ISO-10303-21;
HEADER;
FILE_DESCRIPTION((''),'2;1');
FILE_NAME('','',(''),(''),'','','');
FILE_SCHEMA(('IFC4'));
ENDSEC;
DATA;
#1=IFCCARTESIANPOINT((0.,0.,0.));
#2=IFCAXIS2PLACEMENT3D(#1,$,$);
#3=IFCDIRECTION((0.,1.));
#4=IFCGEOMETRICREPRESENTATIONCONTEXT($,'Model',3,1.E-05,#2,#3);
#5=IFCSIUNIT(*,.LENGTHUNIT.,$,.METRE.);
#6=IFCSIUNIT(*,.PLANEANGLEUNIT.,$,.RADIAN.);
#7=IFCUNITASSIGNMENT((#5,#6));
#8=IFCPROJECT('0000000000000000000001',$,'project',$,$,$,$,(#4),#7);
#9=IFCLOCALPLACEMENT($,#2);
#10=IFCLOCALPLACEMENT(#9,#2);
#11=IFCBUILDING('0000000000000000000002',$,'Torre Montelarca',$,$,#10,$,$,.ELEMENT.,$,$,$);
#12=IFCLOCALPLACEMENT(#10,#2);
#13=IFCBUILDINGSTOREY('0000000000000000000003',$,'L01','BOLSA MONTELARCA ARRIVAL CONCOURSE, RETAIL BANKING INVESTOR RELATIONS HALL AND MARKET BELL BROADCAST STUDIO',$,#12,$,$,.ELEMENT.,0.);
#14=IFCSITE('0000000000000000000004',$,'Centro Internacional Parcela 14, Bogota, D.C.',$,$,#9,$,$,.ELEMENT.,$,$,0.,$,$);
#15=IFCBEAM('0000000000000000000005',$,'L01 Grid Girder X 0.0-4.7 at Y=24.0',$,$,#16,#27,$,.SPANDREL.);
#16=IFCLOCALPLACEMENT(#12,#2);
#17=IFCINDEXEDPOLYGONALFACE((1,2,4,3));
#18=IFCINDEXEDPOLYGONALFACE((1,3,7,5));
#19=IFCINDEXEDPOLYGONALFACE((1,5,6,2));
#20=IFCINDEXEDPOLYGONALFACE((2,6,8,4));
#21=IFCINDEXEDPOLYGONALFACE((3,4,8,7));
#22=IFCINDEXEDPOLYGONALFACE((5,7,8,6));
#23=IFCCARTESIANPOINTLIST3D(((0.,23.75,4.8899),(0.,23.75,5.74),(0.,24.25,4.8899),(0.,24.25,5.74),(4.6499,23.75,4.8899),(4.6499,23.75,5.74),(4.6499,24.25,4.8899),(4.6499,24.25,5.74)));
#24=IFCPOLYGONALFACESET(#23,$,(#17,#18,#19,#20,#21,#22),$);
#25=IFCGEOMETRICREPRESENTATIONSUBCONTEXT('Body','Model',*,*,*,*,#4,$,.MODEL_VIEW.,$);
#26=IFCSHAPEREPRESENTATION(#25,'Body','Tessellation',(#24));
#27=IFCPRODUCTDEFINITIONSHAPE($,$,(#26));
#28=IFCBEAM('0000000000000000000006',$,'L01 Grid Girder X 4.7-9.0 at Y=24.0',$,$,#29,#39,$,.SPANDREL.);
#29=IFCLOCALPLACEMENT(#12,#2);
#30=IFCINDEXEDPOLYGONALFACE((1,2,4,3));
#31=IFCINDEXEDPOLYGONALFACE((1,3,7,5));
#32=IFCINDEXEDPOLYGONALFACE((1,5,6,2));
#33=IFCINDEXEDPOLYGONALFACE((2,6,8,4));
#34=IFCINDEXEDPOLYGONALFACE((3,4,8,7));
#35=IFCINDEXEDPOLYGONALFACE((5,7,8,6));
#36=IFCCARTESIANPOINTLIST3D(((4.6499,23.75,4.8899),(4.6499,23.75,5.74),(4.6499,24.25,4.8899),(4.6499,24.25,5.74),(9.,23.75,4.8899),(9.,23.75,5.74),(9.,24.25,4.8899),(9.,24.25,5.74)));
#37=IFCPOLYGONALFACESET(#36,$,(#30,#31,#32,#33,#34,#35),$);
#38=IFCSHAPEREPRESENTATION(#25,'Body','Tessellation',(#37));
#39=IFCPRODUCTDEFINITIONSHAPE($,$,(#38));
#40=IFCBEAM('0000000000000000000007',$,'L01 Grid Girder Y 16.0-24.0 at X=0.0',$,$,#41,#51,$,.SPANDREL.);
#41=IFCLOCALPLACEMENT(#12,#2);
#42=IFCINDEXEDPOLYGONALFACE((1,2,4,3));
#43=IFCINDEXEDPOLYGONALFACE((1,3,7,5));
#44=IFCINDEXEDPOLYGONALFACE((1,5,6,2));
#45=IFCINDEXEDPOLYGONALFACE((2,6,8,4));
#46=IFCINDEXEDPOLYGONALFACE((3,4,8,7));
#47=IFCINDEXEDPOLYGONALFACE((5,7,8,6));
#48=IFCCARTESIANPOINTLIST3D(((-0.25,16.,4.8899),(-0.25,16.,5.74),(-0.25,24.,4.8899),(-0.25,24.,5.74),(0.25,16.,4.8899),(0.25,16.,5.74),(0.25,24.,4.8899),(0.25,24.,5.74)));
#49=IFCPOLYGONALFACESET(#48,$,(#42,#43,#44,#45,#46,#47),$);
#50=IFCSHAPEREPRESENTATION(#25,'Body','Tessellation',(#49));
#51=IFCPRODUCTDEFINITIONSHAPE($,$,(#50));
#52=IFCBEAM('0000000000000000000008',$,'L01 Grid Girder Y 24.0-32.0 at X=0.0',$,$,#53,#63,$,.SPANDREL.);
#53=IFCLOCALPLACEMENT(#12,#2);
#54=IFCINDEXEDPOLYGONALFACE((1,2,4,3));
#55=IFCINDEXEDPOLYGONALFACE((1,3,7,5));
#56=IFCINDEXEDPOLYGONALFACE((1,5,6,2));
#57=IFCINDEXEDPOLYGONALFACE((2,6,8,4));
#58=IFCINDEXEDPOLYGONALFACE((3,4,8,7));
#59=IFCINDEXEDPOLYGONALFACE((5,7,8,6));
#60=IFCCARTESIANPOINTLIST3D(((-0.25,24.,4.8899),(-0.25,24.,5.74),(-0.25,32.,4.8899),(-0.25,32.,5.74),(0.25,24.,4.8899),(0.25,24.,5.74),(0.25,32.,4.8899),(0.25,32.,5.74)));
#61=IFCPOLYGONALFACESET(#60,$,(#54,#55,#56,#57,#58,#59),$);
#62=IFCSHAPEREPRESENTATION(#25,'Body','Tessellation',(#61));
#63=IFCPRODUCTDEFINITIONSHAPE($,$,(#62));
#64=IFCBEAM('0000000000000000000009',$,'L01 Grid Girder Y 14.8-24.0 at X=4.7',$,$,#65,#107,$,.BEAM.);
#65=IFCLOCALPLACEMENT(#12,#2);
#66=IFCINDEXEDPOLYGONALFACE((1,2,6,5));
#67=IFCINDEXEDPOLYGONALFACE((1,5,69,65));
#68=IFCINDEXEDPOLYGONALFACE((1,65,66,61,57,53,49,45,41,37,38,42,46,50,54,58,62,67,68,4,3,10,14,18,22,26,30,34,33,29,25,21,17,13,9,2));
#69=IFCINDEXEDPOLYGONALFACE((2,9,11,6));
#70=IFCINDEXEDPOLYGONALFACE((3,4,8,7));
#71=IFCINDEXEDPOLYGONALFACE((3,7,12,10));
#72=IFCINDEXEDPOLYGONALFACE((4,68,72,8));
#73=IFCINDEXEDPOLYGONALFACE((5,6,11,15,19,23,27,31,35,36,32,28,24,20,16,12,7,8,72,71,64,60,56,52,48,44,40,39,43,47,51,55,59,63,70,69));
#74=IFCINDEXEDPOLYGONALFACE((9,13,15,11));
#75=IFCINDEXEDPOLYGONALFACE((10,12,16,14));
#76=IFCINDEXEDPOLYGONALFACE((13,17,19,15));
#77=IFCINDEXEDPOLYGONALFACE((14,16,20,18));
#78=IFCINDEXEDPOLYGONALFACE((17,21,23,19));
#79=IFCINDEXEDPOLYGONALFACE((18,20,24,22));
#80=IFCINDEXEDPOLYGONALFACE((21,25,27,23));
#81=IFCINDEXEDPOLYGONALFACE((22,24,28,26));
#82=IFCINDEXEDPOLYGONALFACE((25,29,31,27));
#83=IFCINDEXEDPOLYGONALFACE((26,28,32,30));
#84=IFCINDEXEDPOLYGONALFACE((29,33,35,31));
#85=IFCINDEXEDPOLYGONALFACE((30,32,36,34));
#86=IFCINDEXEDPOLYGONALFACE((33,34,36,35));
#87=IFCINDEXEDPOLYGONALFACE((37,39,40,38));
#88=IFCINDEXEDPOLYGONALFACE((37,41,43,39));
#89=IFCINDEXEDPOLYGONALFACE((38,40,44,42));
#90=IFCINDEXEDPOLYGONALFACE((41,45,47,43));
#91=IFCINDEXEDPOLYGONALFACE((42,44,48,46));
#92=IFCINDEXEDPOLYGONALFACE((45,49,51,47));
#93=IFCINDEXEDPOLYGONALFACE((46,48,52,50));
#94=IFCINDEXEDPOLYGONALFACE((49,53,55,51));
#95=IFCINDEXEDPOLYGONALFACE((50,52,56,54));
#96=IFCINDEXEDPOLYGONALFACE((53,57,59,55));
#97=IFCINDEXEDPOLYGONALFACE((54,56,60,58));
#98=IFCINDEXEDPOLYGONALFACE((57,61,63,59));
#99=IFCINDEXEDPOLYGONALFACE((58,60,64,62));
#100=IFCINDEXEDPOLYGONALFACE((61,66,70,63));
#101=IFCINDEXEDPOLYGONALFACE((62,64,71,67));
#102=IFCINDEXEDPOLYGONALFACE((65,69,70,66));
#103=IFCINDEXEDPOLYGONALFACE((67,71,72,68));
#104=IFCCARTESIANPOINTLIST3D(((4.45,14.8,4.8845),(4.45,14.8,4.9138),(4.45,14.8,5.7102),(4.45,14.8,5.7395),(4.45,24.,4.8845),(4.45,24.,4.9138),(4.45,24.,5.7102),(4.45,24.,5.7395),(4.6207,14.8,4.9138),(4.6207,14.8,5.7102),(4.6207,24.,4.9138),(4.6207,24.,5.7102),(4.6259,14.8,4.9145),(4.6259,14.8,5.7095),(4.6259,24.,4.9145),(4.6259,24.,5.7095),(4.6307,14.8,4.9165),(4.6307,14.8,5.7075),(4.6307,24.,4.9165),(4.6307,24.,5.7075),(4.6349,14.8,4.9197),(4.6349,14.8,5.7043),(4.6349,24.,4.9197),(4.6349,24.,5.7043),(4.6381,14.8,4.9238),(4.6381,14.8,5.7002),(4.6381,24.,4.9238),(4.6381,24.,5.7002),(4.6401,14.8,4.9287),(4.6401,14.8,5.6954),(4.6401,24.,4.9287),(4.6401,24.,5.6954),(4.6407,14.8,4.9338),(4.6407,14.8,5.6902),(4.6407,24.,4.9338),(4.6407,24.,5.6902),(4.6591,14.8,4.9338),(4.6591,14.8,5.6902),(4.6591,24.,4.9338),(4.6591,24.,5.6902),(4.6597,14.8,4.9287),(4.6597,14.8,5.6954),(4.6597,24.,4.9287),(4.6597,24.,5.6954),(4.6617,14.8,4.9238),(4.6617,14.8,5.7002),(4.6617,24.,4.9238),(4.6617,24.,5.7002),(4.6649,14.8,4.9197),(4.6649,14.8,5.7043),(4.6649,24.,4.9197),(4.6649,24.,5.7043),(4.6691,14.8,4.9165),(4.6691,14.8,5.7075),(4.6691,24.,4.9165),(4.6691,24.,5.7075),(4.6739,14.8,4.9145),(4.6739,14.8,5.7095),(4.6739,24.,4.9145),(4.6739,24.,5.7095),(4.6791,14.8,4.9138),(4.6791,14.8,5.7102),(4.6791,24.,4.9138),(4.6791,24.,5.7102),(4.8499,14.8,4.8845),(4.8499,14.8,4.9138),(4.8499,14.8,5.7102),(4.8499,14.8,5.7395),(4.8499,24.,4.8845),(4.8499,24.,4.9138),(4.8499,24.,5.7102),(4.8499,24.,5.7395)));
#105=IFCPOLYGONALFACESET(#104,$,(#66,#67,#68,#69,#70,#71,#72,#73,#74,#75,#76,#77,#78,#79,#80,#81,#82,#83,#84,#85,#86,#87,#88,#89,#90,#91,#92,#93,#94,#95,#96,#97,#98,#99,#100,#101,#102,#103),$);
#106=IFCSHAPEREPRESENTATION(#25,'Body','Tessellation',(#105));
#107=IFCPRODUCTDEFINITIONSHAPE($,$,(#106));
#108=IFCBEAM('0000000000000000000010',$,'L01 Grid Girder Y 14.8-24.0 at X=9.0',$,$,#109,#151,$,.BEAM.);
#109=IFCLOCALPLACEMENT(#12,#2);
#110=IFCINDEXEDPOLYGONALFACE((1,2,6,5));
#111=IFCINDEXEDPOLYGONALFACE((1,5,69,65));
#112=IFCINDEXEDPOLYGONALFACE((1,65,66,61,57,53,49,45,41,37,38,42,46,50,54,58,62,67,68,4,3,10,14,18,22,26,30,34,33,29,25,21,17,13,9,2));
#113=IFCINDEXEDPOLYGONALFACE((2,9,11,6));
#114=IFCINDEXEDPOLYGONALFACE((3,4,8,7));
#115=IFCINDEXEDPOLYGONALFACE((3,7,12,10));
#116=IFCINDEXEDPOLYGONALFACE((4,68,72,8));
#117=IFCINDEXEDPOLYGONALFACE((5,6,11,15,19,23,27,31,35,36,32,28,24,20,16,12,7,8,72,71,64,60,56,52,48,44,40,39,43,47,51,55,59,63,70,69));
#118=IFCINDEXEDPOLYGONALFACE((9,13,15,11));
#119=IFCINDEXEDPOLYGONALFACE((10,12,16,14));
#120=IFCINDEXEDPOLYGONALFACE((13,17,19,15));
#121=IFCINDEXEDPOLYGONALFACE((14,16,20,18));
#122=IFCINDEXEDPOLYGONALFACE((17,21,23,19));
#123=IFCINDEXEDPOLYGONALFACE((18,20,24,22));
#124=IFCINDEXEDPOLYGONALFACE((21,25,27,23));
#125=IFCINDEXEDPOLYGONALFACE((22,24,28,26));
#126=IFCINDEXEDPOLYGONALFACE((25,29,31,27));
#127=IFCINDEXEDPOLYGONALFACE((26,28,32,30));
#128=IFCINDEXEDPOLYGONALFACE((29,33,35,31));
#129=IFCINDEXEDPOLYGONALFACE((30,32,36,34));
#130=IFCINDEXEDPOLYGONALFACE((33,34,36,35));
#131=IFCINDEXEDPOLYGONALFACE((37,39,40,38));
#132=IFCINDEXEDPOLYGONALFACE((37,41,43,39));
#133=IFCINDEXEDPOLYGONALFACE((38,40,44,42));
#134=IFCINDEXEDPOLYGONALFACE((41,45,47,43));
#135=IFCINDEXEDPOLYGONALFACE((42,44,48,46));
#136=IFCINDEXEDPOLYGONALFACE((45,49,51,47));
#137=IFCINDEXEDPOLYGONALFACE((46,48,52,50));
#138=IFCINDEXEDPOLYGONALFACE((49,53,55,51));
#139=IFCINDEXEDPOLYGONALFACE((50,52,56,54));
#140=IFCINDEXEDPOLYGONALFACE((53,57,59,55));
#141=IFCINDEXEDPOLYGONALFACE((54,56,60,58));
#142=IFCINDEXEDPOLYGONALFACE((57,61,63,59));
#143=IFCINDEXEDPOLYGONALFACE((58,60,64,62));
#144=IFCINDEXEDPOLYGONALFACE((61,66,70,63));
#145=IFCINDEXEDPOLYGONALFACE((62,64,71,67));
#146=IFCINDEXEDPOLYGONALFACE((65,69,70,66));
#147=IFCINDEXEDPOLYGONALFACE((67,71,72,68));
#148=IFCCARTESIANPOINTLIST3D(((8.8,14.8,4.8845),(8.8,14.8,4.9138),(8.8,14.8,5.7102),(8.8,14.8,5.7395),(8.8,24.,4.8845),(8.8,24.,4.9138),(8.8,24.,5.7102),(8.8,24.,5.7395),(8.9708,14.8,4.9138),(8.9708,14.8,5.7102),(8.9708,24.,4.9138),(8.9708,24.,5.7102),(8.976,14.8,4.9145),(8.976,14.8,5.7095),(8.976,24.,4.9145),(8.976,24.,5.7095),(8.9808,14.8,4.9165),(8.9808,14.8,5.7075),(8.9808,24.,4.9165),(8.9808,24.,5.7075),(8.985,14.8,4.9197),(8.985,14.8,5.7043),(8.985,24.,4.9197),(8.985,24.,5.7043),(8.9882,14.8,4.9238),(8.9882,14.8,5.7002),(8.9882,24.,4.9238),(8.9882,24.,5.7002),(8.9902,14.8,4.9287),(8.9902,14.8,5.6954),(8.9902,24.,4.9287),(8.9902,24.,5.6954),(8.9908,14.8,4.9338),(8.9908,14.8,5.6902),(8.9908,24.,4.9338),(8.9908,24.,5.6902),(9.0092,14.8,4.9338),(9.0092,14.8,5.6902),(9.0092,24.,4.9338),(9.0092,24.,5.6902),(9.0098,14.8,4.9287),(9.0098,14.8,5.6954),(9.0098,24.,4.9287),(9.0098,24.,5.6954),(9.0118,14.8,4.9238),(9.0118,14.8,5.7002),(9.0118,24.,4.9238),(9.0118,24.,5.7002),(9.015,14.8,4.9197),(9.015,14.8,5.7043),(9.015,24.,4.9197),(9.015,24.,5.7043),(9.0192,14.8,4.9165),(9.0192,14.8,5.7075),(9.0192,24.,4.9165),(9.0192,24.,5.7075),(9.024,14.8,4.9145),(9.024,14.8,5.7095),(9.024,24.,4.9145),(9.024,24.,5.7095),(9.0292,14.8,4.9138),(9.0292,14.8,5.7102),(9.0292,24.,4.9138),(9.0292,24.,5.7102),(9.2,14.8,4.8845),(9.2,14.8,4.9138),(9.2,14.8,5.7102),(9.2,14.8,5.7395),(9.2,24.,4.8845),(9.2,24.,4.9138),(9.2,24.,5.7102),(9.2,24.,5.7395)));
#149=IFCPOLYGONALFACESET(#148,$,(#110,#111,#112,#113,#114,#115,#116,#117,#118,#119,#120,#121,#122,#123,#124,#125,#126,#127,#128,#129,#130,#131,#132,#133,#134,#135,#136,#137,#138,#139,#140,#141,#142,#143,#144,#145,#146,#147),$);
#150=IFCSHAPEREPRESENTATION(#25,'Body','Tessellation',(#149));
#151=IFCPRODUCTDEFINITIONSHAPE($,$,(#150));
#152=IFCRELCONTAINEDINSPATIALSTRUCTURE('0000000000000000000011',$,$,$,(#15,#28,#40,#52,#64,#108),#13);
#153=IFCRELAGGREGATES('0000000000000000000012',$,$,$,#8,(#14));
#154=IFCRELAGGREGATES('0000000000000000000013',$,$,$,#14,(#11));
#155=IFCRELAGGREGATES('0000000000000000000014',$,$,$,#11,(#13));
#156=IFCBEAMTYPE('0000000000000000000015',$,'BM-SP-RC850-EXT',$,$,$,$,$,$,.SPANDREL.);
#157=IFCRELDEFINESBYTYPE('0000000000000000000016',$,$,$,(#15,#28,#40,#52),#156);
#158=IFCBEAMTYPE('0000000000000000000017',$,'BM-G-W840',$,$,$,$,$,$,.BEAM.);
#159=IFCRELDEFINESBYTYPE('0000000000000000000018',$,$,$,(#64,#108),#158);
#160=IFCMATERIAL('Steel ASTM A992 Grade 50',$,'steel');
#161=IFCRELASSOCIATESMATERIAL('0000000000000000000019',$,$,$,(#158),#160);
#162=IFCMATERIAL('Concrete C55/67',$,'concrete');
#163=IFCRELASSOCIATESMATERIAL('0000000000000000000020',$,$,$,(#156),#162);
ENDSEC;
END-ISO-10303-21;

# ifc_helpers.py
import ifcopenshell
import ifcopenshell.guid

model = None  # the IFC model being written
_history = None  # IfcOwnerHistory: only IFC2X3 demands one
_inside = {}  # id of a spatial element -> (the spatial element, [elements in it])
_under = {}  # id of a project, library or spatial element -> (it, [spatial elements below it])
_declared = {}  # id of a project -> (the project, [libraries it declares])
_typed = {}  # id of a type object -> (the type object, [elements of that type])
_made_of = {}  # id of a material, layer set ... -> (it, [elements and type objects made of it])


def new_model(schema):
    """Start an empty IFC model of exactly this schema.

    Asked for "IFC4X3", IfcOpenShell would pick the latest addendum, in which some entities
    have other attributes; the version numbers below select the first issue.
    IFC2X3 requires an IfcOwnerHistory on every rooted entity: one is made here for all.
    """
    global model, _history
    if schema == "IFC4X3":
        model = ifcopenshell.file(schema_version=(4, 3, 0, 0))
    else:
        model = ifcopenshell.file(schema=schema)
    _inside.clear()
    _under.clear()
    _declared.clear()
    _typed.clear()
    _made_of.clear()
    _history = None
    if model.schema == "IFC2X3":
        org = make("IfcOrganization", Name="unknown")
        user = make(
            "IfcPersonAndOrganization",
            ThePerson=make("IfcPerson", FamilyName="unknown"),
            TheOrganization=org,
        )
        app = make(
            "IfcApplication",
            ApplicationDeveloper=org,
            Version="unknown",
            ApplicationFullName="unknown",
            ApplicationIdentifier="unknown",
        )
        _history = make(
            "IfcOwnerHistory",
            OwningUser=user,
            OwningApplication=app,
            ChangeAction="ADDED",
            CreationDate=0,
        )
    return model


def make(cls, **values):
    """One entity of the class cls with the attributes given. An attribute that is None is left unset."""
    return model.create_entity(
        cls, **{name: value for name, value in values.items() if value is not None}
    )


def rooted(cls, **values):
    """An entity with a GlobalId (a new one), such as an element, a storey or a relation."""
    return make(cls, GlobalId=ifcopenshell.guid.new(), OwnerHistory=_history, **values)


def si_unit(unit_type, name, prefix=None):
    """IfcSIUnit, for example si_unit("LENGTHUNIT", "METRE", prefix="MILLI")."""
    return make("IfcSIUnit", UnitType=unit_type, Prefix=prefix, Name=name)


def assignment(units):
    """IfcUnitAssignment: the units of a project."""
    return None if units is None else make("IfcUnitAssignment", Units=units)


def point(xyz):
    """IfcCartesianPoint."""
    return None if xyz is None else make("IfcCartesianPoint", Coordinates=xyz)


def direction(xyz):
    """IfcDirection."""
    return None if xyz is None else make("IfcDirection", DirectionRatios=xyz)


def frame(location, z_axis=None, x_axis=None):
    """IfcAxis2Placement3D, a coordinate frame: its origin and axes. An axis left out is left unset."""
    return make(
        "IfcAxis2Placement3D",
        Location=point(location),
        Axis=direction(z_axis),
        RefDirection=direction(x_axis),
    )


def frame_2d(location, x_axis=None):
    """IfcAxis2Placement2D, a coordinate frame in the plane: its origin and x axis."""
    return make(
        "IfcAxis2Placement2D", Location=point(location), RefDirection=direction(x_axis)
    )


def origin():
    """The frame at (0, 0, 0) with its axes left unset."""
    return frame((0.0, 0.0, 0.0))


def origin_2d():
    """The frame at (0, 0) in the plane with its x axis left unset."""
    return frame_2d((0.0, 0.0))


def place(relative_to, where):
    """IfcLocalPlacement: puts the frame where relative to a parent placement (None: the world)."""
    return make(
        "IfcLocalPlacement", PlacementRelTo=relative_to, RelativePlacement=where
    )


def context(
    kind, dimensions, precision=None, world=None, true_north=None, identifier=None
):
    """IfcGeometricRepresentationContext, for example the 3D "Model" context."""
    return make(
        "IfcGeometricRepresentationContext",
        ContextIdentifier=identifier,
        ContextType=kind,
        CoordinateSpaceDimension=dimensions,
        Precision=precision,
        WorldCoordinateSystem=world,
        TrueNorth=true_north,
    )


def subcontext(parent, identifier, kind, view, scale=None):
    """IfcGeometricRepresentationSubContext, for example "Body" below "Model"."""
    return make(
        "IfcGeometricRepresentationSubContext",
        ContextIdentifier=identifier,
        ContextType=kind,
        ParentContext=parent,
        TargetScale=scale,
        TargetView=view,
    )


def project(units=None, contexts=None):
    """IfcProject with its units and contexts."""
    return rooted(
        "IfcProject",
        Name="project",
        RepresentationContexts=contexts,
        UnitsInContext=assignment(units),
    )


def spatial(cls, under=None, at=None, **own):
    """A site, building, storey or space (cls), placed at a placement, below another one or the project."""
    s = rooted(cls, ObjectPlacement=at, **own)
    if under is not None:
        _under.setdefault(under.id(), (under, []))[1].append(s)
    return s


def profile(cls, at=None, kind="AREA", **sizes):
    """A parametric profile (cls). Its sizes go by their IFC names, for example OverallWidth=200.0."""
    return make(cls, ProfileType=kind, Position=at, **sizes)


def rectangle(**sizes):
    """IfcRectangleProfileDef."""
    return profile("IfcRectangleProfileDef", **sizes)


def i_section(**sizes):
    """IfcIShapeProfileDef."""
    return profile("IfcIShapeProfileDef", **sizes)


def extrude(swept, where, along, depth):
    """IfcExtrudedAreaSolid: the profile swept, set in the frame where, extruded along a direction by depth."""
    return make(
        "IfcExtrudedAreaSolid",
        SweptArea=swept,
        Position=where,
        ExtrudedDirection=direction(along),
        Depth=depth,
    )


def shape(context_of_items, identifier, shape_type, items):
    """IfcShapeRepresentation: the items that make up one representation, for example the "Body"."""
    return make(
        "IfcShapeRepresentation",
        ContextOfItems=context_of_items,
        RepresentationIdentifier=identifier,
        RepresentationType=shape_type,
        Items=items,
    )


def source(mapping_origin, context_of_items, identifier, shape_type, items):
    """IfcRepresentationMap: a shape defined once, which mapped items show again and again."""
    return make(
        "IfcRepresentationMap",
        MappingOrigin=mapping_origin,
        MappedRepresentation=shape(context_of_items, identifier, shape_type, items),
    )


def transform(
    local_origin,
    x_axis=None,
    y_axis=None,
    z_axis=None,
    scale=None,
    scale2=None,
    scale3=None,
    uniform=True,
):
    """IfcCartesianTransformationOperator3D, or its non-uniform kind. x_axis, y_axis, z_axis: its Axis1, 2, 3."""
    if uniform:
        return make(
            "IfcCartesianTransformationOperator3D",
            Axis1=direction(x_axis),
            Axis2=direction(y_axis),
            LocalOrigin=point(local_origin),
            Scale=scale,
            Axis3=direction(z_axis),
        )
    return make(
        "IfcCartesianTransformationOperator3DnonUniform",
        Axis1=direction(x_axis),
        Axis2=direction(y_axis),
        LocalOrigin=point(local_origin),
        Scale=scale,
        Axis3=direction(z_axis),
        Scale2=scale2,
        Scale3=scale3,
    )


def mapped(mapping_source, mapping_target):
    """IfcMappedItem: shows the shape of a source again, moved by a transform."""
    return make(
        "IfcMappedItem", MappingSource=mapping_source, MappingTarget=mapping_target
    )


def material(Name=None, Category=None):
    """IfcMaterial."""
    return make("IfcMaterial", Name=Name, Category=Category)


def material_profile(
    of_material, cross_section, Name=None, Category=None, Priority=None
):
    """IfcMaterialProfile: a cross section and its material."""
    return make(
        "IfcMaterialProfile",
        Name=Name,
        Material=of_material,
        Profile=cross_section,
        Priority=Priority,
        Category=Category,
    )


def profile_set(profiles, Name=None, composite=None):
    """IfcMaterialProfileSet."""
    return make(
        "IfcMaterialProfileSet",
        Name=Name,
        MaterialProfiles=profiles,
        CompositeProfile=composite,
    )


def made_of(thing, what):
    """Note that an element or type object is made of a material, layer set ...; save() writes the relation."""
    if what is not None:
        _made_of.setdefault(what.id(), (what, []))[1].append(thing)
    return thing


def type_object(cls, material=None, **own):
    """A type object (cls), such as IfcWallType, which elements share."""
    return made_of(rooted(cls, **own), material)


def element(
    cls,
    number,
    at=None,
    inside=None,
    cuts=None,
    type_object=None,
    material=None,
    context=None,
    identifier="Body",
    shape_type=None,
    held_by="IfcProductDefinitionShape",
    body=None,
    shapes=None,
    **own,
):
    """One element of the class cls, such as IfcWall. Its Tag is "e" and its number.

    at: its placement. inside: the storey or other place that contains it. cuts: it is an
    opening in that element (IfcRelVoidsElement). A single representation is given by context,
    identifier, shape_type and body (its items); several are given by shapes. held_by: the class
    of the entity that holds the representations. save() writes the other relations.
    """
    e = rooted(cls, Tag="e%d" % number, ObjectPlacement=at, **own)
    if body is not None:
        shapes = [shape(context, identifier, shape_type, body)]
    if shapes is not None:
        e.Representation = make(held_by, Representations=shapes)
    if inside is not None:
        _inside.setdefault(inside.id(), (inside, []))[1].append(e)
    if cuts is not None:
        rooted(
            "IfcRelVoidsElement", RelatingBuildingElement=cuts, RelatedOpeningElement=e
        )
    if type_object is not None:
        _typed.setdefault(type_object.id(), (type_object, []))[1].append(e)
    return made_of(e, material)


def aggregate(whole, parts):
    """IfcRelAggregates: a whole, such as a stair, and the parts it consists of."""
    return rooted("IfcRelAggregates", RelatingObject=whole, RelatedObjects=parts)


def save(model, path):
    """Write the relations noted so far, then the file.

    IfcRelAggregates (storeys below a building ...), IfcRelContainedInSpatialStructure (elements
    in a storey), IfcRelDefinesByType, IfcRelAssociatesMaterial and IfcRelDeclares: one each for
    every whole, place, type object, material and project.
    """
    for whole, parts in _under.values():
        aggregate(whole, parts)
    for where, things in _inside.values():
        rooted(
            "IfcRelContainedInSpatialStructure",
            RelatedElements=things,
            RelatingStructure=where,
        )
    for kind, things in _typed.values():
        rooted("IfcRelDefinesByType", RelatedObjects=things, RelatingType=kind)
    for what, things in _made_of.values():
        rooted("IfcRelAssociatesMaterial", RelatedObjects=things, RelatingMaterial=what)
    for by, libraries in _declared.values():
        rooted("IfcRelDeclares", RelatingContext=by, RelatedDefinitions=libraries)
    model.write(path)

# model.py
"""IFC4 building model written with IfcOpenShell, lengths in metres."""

from ifc_helpers import new_model, si_unit, direction, frame, origin, origin_2d, place, context, subcontext, project, spatial, rectangle, i_section, extrude, source, transform, mapped, material, material_profile, profile_set, type_object, element, save


model = new_model("IFC4")

# Units and contexts
model_context = context("Model", 3, precision=1e-05, world=origin(), true_north=direction((0.0, 1.0)))
body_context = subcontext(model_context, "Body", "Model", "MODEL_VIEW")
ifc_project = project(units=[si_unit("LENGTHUNIT", "METRE"), si_unit("PLANEANGLEUNIT", "RADIAN")], contexts=[model_context])

# Site, building, storey
site_placement = place(None, origin())
site = spatial("IfcSite", under=ifc_project, at=site_placement, Name="Centro Internacional Parcela 14, Bogota, D.C.", CompositionType="ELEMENT", RefElevation=0.0)
building_placement = place(site_placement, origin())
building = spatial("IfcBuilding", under=site, at=building_placement, Name="Torre Montelarca", CompositionType="ELEMENT")
storey_placement = place(building_placement, origin())
storey = spatial("IfcBuildingStorey", under=building, at=storey_placement, Name="L01", Description="BOLSA MONTELARCA ARRIVAL CONCOURSE, RETAIL BANKING INVESTOR RELATIONS HALL AND MARKET BELL BROADCAST STUDIO", CompositionType="ELEMENT", Elevation=0.0)

# Beams
ifc_material_1 = material(Name="Steel ASTM A992 Grade 50", Category="steel")
ifc_material_profile_1 = material_profile(ifc_material_1, i_section(OverallWidth=0.3999, OverallDepth=0.855, WebThickness=0.0183, FlangeThickness=0.0293, FilletRadius=0.02, at=origin_2d()), Name="W840X299", Category="steel")
ifc_profile_set_1 = profile_set([ifc_material_profile_1], Name="Steel ASTM A992 Grade 50")
beam_type_1 = type_object("IfcBeamType", Name="BM-G-W840", PredefinedType="BEAM", material=ifc_profile_set_1)
ifc_material_2 = material(Name="Concrete C55/67", Category="concrete")
ifc_material_profile_2 = material_profile(ifc_material_2, rectangle(XDim=0.5, YDim=0.8501, at=origin_2d()), Name="RCB500X850", Category="concrete")
ifc_profile_set_2 = profile_set([ifc_material_profile_2], Name="Concrete C55/67")
beam_type_2 = type_object("IfcBeamType", Name="BM-SP-RC850-EXT", PredefinedType="SPANDREL", material=ifc_profile_set_2)
shared_shape_1 = source(origin(), body_context, "Body", "SweptSolid", [
    extrude(rectangle(XDim=0.5, YDim=0.8501, at=origin_2d()), origin(), (0.0, 0.0, 1.0), 4.6499),
])
beam_1_placement = place(storey_placement, frame((0.0, 24.0, 5.3149), z_axis=(1.0, 0.0, 0.0), x_axis=(0.0, 1.0, 0.0)))
element("IfcBeam", 1, at=beam_1_placement, inside=storey, type_object=beam_type_2, Name="L01 Grid Girder X 0.0-4.7 at Y=24.0", PredefinedType="SPANDREL", context=body_context, shape_type="MappedRepresentation", body=[
    mapped(shared_shape_1, transform((0.0, 0.0, 0.0), scale=1.0)),
])
shared_shape_2 = source(origin(), body_context, "Body", "SweptSolid", [
    extrude(rectangle(XDim=0.5, YDim=0.8501, at=origin_2d()), origin(), (0.0, 0.0, 1.0), 4.3501),
])
beam_2_placement = place(storey_placement, frame((4.6499, 24.0, 5.3149), z_axis=(1.0, 0.0, 0.0), x_axis=(0.0, 1.0, 0.0)))
element("IfcBeam", 2, at=beam_2_placement, inside=storey, type_object=beam_type_2, Name="L01 Grid Girder X 4.7-9.0 at Y=24.0", PredefinedType="SPANDREL", context=body_context, shape_type="MappedRepresentation", body=[
    mapped(shared_shape_2, transform((0.0, 0.0, 0.0), scale=1.0)),
])
shared_shape_3 = source(origin(), body_context, "Body", "SweptSolid", [
    extrude(rectangle(XDim=0.5, YDim=0.8501, at=origin_2d()), origin(), (0.0, 0.0, 1.0), 8.0),
])
for number, where, z_axis, x_axis, name in (
    (3, (0.0, 16.0, 5.3149), (0.0, 1.0, 0.0), (-1.0, 0.0, 0.0), "L01 Grid Girder Y 16.0-24.0 at X=0.0"),
    (4, (0.0, 24.0, 5.3149), (0.0, 1.0, 0.0), (-1.0, 0.0, 0.0), "L01 Grid Girder Y 24.0-32.0 at X=0.0"),
):
    element("IfcBeam", number, at=place(storey_placement, frame(where, z_axis=z_axis, x_axis=x_axis)), inside=storey, type_object=beam_type_2, Name=name, PredefinedType="SPANDREL", context=body_context, shape_type="MappedRepresentation", body=[
        mapped(shared_shape_3, transform((0.0, 0.0, 0.0), scale=1.0)),
    ])
shared_shape_4 = source(origin(), body_context, "Body", "SweptSolid", [
    extrude(i_section(OverallWidth=0.3999, OverallDepth=0.855, WebThickness=0.0183, FlangeThickness=0.0293, FilletRadius=0.02, at=origin_2d()), origin(), (0.0, 0.0, 1.0), 9.2),
])
for number, where, z_axis, x_axis, name in (
    (5, (4.6499, 14.8, 5.312), (0.0, 1.0, 0.0), (-1.0, 0.0, 0.0), "L01 Grid Girder Y 14.8-24.0 at X=4.7"),
    (6, (9.0, 14.8, 5.312), (0.0, 1.0, 0.0), (-1.0, 0.0, 0.0), "L01 Grid Girder Y 14.8-24.0 at X=9.0"),
):
    element("IfcBeam", number, at=place(storey_placement, frame(where, z_axis=z_axis, x_axis=x_axis)), inside=storey, type_object=beam_type_1, Name=name, PredefinedType="BEAM", context=body_context, shape_type="MappedRepresentation", body=[
        mapped(shared_shape_4, transform((0.0, 0.0, 0.0), scale=1.0)),
    ])

save(model, "model.ifc")
